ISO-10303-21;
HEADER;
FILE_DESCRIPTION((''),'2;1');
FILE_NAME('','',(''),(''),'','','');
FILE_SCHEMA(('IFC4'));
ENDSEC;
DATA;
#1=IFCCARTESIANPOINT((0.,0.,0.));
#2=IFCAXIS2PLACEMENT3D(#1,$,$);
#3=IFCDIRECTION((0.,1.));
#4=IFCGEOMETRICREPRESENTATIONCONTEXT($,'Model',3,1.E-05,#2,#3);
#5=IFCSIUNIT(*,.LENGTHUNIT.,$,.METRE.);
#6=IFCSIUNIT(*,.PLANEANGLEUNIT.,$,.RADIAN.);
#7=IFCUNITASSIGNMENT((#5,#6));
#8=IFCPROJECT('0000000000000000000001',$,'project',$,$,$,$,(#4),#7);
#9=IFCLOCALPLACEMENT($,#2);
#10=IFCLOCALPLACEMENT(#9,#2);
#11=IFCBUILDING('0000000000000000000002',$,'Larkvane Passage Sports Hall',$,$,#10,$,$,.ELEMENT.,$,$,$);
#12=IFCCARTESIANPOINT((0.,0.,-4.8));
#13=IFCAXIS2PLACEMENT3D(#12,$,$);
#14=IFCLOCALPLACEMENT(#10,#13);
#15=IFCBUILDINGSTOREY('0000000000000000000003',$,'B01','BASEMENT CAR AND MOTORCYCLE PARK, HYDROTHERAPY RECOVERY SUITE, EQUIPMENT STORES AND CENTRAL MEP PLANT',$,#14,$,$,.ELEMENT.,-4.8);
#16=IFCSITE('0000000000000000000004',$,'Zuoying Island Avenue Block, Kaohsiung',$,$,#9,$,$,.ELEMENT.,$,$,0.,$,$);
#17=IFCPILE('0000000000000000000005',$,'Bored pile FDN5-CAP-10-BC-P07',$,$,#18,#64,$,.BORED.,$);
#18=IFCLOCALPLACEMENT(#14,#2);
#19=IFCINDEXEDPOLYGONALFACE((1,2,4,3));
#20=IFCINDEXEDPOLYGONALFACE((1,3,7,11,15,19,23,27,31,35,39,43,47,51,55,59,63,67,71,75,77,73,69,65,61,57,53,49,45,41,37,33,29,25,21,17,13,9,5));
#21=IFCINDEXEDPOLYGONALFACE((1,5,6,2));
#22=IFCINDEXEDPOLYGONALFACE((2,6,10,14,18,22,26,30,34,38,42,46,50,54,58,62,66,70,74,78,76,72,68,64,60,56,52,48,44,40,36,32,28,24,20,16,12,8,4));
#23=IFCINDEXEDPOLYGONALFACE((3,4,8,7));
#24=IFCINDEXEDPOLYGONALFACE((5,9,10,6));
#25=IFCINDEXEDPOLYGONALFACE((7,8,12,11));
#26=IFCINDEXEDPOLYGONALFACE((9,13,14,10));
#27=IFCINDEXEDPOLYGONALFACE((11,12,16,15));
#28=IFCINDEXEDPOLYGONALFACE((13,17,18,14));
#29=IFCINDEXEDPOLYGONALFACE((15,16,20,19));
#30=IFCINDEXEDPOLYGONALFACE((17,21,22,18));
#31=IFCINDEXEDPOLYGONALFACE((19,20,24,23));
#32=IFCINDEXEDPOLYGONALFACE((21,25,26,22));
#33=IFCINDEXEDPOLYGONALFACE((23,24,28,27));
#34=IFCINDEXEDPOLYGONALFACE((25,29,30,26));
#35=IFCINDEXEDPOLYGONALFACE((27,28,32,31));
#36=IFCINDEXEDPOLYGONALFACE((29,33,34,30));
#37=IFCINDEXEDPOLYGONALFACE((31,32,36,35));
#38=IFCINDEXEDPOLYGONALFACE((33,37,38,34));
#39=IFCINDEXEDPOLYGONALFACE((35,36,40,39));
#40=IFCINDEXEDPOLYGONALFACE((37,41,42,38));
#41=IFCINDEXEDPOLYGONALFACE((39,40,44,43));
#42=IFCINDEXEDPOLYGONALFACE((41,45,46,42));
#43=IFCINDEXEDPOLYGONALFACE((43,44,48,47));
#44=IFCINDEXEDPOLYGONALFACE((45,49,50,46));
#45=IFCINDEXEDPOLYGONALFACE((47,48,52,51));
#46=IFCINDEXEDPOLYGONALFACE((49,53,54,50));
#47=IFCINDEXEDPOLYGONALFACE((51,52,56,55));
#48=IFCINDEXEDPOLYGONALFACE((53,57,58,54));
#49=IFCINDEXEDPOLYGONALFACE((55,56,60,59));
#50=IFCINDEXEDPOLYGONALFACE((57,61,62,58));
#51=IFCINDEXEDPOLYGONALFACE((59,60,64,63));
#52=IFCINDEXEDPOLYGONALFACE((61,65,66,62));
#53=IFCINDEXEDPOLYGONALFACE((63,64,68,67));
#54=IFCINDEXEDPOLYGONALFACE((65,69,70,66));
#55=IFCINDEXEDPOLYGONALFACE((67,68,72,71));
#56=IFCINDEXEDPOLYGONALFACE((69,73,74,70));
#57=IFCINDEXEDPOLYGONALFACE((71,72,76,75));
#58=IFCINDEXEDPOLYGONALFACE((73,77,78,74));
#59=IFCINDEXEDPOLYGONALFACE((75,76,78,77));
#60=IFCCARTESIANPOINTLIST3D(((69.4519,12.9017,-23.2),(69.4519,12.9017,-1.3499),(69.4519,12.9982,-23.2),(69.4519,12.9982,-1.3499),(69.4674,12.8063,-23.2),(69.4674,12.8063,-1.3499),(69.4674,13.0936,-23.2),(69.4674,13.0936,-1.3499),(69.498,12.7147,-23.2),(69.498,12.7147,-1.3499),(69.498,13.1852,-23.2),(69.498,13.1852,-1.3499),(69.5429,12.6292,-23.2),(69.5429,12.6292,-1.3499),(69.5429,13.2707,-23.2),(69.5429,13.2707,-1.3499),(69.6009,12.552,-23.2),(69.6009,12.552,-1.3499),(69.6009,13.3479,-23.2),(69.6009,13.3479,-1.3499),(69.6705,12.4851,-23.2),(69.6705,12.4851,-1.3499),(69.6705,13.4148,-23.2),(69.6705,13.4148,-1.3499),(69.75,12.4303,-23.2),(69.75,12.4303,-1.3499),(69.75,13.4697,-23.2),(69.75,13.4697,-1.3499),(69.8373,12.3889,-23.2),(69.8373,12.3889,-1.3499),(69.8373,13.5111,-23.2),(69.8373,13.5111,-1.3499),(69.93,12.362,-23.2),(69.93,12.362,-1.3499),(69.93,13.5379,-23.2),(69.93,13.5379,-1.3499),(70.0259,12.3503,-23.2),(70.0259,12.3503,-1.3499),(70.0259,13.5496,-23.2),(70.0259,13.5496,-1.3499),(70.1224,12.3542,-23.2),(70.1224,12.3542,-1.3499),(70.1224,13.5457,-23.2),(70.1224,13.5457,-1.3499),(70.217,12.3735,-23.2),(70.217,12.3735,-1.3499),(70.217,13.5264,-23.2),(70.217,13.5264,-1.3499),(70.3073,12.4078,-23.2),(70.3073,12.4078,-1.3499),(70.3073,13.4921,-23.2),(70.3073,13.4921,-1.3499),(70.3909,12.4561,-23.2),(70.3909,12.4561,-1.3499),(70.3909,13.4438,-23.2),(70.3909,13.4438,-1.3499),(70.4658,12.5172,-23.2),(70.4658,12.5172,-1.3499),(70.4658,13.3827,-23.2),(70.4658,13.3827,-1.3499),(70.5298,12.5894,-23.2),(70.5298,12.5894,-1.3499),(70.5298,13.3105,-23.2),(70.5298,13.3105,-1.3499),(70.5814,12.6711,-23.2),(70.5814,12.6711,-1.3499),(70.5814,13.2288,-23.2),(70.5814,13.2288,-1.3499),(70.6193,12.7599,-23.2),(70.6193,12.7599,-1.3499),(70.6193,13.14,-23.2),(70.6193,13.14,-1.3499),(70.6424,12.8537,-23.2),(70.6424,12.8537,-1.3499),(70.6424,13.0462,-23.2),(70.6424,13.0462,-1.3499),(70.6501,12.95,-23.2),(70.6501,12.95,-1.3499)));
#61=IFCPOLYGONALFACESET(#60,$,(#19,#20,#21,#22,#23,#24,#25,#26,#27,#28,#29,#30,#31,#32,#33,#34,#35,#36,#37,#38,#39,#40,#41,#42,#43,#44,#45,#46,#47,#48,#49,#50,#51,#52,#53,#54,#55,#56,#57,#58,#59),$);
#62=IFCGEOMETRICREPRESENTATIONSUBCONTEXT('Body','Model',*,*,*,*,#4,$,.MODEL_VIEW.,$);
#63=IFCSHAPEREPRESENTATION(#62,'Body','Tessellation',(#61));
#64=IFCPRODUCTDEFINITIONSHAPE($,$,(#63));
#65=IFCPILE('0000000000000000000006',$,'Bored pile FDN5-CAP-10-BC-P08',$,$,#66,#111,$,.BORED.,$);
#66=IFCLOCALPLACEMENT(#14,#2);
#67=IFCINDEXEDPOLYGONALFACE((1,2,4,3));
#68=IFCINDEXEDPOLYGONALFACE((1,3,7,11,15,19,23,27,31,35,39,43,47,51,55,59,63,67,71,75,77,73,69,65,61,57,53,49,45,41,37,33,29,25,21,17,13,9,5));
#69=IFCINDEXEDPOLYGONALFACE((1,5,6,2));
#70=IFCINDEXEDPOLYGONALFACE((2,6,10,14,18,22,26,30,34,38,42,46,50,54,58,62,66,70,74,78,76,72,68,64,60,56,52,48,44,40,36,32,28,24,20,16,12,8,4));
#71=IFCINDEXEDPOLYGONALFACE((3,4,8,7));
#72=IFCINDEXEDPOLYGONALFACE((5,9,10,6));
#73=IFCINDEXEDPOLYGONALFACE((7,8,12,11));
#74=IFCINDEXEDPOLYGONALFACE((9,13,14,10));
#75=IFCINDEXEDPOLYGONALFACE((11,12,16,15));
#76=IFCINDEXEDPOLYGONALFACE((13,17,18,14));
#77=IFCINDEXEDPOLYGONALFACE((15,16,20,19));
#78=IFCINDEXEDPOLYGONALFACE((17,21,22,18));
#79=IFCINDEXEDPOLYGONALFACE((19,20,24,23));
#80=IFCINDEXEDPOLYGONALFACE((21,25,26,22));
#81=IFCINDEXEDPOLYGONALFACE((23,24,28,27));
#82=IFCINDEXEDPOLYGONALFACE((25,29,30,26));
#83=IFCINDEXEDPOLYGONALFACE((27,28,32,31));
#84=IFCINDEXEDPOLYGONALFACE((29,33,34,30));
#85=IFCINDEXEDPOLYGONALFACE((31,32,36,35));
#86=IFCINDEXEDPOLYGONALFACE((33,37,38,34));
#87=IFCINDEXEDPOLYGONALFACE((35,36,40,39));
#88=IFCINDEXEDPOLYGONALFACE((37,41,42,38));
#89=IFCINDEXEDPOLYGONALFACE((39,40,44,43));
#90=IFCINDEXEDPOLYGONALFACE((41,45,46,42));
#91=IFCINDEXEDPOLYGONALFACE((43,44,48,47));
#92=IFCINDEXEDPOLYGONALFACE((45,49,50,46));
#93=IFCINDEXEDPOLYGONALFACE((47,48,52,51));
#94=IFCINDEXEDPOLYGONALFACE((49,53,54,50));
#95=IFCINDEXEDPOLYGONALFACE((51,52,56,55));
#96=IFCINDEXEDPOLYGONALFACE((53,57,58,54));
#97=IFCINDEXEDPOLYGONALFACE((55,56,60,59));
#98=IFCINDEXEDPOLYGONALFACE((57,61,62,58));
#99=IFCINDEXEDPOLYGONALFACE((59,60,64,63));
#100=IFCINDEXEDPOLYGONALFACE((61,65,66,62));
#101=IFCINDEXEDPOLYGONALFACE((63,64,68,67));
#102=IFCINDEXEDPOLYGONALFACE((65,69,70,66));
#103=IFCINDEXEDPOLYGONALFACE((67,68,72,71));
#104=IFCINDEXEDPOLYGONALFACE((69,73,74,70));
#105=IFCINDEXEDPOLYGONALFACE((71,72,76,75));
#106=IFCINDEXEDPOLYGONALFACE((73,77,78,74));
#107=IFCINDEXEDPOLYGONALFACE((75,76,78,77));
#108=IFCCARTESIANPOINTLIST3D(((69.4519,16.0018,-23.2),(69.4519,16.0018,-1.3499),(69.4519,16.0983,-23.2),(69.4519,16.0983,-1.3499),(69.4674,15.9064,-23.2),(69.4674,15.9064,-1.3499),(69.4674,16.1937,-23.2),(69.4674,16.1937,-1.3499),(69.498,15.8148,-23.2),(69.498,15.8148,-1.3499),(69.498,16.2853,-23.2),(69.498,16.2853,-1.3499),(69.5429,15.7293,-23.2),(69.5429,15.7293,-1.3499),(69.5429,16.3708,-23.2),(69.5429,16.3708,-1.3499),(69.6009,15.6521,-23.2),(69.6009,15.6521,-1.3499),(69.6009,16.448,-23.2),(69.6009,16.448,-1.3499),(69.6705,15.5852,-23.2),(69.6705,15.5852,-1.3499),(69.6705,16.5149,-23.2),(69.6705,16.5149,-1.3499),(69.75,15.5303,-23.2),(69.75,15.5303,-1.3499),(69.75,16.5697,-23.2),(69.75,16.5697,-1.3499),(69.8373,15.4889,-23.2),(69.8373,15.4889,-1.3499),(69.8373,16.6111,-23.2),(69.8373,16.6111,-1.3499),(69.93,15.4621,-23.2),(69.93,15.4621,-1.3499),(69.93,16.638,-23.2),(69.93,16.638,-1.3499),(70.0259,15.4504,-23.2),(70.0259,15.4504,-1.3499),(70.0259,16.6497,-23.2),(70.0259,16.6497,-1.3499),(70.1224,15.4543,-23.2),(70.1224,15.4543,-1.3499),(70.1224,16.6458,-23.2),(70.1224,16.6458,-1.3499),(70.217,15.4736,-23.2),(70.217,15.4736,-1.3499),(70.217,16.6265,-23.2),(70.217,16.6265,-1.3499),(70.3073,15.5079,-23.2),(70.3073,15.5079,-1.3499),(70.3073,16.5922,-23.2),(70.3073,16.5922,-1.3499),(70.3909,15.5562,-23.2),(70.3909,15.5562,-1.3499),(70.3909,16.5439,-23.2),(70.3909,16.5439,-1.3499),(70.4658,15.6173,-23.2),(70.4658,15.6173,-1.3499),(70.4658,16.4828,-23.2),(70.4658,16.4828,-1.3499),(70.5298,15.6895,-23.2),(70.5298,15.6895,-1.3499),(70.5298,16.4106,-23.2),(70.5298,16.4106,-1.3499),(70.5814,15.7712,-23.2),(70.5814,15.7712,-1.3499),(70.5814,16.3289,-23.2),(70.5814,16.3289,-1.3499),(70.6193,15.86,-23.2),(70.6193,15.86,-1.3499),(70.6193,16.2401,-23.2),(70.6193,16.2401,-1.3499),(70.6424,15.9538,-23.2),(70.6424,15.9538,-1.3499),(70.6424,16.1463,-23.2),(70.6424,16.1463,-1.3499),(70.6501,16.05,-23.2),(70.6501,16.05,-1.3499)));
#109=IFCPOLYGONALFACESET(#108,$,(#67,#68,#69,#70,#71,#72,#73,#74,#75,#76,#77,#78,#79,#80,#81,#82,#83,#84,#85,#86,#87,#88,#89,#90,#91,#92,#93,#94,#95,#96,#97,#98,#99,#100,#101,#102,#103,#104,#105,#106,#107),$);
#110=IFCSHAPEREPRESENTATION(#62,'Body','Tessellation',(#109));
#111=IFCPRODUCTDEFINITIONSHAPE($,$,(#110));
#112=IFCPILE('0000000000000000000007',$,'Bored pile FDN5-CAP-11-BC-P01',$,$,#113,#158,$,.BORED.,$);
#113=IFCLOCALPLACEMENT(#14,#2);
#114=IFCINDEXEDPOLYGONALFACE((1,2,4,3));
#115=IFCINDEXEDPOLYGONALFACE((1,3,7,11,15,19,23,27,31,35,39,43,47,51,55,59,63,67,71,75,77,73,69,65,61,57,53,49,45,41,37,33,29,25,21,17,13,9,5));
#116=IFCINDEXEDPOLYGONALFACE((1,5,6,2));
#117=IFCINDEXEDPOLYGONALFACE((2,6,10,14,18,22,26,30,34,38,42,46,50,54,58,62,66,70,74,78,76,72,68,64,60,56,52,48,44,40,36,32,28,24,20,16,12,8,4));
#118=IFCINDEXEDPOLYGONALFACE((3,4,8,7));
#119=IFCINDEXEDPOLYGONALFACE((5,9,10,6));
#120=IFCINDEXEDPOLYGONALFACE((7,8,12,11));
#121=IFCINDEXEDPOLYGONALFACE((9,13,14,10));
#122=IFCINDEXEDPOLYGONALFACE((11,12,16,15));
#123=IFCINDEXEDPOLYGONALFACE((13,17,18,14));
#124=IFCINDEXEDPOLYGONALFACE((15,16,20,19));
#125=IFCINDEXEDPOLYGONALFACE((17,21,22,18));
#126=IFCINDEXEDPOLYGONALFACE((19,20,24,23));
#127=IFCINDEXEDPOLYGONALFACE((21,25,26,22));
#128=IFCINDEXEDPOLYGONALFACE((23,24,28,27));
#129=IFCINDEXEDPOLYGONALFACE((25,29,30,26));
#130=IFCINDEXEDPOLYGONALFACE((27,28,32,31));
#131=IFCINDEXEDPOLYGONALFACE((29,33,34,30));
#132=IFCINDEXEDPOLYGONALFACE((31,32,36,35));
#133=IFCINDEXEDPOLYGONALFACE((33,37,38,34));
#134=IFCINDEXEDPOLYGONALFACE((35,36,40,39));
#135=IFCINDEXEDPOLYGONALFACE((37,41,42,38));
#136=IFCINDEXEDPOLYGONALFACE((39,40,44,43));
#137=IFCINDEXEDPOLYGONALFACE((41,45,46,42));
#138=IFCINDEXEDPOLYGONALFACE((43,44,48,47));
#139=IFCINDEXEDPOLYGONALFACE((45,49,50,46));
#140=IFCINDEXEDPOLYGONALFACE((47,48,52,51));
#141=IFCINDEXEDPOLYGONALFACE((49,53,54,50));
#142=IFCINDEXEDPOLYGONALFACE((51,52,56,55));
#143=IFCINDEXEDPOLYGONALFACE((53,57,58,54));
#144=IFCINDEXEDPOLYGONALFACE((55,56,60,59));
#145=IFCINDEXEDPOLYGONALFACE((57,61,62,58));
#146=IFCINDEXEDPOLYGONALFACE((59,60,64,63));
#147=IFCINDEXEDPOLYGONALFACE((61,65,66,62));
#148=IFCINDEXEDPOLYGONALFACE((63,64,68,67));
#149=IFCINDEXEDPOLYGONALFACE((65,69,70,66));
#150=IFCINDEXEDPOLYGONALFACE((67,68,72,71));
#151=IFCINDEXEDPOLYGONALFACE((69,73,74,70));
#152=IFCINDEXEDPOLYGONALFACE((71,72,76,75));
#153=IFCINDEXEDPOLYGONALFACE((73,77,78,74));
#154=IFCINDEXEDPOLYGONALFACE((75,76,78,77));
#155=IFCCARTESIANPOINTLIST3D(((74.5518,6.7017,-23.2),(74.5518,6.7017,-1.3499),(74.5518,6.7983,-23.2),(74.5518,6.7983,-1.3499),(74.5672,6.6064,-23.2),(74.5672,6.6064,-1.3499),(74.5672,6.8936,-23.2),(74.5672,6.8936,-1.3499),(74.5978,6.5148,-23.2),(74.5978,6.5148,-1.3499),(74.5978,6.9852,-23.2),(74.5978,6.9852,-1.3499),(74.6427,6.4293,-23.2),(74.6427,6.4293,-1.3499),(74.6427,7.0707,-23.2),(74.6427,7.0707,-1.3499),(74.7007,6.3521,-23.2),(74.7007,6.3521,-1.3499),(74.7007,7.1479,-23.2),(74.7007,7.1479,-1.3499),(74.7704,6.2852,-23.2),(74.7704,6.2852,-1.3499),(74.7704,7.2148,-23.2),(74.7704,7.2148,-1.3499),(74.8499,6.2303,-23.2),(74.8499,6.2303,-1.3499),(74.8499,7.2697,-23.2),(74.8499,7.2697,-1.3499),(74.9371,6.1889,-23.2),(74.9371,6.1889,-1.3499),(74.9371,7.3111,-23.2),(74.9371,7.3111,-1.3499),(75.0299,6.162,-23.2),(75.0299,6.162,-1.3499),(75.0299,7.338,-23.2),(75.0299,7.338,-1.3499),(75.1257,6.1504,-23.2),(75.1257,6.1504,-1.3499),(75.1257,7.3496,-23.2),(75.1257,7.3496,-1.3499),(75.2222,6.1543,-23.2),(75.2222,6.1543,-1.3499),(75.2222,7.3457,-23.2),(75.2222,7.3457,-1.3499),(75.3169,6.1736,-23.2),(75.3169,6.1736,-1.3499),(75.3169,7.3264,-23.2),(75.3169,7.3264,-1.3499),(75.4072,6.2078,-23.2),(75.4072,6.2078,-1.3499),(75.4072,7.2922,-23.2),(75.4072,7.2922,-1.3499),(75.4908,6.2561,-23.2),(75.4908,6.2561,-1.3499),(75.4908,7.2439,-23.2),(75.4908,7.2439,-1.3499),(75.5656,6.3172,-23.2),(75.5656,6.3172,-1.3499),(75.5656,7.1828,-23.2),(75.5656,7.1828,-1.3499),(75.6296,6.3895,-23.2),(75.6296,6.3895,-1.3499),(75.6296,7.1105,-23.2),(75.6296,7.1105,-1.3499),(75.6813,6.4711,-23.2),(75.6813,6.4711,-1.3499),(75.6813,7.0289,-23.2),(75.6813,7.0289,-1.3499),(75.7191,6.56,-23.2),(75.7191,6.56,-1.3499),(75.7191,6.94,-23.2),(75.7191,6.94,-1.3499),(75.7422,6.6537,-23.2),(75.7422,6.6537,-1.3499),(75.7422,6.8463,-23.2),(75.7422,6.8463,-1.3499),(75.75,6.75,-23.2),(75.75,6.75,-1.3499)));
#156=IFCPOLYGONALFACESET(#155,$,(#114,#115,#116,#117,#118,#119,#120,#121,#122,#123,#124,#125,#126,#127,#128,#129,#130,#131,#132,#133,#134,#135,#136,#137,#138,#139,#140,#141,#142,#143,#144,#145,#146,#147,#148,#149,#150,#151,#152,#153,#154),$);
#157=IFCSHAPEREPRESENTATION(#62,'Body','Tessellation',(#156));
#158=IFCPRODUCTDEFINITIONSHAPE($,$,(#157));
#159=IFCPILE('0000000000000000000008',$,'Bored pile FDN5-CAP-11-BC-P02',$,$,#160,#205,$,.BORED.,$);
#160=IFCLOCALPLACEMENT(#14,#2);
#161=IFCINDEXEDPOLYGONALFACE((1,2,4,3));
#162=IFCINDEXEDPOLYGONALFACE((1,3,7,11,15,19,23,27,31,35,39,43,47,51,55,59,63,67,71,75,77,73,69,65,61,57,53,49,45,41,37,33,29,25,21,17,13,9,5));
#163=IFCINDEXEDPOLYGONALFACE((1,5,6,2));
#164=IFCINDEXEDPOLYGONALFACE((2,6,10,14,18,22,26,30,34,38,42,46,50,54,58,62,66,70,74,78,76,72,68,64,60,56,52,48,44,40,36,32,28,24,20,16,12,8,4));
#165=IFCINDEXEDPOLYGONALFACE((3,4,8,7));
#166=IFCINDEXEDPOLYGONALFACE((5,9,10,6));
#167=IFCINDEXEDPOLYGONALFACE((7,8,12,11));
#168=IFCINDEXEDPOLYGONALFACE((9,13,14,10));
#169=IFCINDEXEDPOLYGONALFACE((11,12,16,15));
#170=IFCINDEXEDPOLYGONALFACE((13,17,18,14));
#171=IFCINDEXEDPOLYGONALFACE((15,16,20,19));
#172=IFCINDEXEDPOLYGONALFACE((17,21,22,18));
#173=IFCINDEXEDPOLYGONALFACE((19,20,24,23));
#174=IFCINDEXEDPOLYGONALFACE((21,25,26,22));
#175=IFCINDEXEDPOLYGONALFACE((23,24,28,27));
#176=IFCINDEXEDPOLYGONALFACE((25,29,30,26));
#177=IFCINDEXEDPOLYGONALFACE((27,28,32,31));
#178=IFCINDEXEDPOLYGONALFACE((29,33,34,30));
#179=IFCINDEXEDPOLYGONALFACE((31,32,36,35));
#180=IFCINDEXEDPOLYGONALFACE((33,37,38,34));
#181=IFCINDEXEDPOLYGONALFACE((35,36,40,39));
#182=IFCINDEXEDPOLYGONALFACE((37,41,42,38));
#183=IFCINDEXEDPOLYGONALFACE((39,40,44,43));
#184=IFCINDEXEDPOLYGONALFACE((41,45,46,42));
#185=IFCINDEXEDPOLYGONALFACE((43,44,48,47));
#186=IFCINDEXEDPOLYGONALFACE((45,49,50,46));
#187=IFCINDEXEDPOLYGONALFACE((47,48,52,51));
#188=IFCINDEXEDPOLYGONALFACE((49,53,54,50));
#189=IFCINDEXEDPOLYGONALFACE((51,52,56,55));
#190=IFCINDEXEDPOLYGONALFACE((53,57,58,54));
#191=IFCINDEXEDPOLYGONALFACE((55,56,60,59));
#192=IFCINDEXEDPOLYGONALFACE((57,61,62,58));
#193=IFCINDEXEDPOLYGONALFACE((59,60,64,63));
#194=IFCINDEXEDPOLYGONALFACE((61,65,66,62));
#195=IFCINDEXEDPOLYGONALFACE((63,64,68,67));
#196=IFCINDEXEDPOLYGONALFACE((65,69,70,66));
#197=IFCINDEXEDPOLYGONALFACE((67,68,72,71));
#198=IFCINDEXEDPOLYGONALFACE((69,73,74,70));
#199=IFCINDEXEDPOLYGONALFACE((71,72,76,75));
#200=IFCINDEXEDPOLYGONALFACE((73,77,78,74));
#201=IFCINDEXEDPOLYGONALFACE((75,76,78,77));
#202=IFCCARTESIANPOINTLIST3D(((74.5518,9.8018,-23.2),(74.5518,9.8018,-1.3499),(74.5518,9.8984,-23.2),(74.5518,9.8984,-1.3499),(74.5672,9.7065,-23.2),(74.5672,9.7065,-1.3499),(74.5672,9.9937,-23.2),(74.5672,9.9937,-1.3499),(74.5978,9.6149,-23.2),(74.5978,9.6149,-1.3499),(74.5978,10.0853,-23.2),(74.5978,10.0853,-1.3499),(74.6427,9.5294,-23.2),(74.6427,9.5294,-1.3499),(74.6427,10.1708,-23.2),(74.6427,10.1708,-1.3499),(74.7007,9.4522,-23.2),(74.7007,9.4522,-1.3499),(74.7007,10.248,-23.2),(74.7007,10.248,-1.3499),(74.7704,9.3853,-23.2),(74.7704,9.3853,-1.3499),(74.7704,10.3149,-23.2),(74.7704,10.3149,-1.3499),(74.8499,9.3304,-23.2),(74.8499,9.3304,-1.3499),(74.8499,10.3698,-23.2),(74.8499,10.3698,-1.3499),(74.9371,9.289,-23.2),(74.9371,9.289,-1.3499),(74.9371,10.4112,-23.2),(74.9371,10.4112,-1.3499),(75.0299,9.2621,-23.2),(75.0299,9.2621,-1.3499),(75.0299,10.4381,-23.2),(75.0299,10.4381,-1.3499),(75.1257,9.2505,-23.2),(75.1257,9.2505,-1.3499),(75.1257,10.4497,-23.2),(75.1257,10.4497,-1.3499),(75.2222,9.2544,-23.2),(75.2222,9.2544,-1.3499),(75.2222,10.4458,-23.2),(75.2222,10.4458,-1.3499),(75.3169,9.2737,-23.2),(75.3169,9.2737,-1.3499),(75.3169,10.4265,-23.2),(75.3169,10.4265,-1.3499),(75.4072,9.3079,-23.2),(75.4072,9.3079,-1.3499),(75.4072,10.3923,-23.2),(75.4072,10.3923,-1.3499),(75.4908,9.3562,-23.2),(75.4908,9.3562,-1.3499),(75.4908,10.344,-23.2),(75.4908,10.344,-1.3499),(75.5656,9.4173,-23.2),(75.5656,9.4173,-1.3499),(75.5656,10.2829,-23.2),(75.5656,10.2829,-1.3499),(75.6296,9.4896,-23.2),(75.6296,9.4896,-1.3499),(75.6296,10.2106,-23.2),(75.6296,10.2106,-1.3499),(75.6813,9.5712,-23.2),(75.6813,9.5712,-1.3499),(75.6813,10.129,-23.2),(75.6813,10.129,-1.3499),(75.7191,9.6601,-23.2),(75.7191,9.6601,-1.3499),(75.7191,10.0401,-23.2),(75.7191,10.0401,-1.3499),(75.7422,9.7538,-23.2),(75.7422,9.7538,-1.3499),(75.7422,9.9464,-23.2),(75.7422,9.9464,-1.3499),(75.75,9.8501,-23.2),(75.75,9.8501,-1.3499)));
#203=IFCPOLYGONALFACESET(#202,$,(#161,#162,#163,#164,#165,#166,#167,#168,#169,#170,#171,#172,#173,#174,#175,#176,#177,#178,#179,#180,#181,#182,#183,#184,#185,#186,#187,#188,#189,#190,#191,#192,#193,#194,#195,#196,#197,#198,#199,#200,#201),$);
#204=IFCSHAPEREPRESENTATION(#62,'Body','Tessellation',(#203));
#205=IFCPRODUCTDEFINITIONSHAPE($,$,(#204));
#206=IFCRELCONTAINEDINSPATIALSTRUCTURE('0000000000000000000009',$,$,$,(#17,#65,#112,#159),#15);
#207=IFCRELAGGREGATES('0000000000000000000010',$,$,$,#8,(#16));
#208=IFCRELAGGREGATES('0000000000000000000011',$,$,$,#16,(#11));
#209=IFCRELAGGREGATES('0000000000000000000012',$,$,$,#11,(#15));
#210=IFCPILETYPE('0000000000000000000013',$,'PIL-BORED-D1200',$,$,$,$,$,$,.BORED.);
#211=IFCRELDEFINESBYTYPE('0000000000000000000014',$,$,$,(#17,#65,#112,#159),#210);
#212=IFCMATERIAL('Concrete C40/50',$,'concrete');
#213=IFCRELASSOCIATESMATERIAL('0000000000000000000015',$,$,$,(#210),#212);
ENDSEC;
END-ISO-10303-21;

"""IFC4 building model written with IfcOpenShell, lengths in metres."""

from ifc_helpers import new_model, si_unit, direction, frame, origin, origin_2d, place, context, subcontext, project, spatial, circle, extrude, material, material_profile, profile_set, type_object, element, save


model = new_model("IFC4")

# Units and contexts
model_context = context("Model", 3, precision=1e-05, world=origin(), true_north=direction((0.0, 1.0)))
body_context = subcontext(model_context, "Body", "Model", "MODEL_VIEW")
ifc_project = project(units=[si_unit("LENGTHUNIT", "METRE"), si_unit("PLANEANGLEUNIT", "RADIAN")], contexts=[model_context])

# Site, building, storey
site_placement = place(None, origin())
site = spatial("IfcSite", under=ifc_project, at=site_placement, Name="Zuoying Island Avenue Block, Kaohsiung", CompositionType="ELEMENT", RefElevation=0.0)
building_placement = place(site_placement, origin())
building = spatial("IfcBuilding", under=site, at=building_placement, Name="Larkvane Passage Sports Hall", CompositionType="ELEMENT")
storey_placement = place(building_placement, frame((0.0, 0.0, -4.8)))
storey = spatial("IfcBuildingStorey", under=building, at=storey_placement, Name="B01", Description="BASEMENT CAR AND MOTORCYCLE PARK, HYDROTHERAPY RECOVERY SUITE, EQUIPMENT STORES AND CENTRAL MEP PLANT", CompositionType="ELEMENT", Elevation=-4.8)

# Shared definitions
ifc_material_1 = material(Name="Concrete C40/50", Category="concrete")

# Piles
ifc_material_profile_1 = material_profile(ifc_material_1, circle(Radius=0.6001, at=origin_2d()), Name="PILE-D1200")
ifc_profile_set_1 = profile_set([ifc_material_profile_1], Name="Concrete C40/50")
pile_type = type_object("IfcPileType", Name="PIL-BORED-D1200", PredefinedType="BORED", material=ifc_profile_set_1)
for number, where, z_axis, x_axis, name in (
    (1, (70.05, 12.95, -1.3499), (0.0, 0.0, -1.0), (1.0, 0.0, 0.0), "Bored pile FDN5-CAP-10-BC-P07"),
    (2, (70.05, 16.05, -1.3499), (0.0, 0.0, -1.0), (1.0, 0.0, 0.0), "Bored pile FDN5-CAP-10-BC-P08"),
    (3, (75.1499, 6.75, -1.3499), (0.0, 0.0, -1.0), (1.0, 0.0, 0.0), "Bored pile FDN5-CAP-11-BC-P01"),
    (4, (75.1499, 9.8501, -1.3499), (0.0, 0.0, -1.0), (1.0, 0.0, 0.0), "Bored pile FDN5-CAP-11-BC-P02"),
):
    element("IfcPile", number, at=place(storey_placement, frame(where, z_axis=z_axis, x_axis=x_axis)), inside=storey, type_object=pile_type, Name=name, PredefinedType="BORED", context=body_context, shape_type="SweptSolid", body=[
        extrude(circle(Radius=0.6001, at=origin_2d()), origin(), (0.0, 0.0, 1.0), 21.8501),
    ])

save(model, "model.ifc")
